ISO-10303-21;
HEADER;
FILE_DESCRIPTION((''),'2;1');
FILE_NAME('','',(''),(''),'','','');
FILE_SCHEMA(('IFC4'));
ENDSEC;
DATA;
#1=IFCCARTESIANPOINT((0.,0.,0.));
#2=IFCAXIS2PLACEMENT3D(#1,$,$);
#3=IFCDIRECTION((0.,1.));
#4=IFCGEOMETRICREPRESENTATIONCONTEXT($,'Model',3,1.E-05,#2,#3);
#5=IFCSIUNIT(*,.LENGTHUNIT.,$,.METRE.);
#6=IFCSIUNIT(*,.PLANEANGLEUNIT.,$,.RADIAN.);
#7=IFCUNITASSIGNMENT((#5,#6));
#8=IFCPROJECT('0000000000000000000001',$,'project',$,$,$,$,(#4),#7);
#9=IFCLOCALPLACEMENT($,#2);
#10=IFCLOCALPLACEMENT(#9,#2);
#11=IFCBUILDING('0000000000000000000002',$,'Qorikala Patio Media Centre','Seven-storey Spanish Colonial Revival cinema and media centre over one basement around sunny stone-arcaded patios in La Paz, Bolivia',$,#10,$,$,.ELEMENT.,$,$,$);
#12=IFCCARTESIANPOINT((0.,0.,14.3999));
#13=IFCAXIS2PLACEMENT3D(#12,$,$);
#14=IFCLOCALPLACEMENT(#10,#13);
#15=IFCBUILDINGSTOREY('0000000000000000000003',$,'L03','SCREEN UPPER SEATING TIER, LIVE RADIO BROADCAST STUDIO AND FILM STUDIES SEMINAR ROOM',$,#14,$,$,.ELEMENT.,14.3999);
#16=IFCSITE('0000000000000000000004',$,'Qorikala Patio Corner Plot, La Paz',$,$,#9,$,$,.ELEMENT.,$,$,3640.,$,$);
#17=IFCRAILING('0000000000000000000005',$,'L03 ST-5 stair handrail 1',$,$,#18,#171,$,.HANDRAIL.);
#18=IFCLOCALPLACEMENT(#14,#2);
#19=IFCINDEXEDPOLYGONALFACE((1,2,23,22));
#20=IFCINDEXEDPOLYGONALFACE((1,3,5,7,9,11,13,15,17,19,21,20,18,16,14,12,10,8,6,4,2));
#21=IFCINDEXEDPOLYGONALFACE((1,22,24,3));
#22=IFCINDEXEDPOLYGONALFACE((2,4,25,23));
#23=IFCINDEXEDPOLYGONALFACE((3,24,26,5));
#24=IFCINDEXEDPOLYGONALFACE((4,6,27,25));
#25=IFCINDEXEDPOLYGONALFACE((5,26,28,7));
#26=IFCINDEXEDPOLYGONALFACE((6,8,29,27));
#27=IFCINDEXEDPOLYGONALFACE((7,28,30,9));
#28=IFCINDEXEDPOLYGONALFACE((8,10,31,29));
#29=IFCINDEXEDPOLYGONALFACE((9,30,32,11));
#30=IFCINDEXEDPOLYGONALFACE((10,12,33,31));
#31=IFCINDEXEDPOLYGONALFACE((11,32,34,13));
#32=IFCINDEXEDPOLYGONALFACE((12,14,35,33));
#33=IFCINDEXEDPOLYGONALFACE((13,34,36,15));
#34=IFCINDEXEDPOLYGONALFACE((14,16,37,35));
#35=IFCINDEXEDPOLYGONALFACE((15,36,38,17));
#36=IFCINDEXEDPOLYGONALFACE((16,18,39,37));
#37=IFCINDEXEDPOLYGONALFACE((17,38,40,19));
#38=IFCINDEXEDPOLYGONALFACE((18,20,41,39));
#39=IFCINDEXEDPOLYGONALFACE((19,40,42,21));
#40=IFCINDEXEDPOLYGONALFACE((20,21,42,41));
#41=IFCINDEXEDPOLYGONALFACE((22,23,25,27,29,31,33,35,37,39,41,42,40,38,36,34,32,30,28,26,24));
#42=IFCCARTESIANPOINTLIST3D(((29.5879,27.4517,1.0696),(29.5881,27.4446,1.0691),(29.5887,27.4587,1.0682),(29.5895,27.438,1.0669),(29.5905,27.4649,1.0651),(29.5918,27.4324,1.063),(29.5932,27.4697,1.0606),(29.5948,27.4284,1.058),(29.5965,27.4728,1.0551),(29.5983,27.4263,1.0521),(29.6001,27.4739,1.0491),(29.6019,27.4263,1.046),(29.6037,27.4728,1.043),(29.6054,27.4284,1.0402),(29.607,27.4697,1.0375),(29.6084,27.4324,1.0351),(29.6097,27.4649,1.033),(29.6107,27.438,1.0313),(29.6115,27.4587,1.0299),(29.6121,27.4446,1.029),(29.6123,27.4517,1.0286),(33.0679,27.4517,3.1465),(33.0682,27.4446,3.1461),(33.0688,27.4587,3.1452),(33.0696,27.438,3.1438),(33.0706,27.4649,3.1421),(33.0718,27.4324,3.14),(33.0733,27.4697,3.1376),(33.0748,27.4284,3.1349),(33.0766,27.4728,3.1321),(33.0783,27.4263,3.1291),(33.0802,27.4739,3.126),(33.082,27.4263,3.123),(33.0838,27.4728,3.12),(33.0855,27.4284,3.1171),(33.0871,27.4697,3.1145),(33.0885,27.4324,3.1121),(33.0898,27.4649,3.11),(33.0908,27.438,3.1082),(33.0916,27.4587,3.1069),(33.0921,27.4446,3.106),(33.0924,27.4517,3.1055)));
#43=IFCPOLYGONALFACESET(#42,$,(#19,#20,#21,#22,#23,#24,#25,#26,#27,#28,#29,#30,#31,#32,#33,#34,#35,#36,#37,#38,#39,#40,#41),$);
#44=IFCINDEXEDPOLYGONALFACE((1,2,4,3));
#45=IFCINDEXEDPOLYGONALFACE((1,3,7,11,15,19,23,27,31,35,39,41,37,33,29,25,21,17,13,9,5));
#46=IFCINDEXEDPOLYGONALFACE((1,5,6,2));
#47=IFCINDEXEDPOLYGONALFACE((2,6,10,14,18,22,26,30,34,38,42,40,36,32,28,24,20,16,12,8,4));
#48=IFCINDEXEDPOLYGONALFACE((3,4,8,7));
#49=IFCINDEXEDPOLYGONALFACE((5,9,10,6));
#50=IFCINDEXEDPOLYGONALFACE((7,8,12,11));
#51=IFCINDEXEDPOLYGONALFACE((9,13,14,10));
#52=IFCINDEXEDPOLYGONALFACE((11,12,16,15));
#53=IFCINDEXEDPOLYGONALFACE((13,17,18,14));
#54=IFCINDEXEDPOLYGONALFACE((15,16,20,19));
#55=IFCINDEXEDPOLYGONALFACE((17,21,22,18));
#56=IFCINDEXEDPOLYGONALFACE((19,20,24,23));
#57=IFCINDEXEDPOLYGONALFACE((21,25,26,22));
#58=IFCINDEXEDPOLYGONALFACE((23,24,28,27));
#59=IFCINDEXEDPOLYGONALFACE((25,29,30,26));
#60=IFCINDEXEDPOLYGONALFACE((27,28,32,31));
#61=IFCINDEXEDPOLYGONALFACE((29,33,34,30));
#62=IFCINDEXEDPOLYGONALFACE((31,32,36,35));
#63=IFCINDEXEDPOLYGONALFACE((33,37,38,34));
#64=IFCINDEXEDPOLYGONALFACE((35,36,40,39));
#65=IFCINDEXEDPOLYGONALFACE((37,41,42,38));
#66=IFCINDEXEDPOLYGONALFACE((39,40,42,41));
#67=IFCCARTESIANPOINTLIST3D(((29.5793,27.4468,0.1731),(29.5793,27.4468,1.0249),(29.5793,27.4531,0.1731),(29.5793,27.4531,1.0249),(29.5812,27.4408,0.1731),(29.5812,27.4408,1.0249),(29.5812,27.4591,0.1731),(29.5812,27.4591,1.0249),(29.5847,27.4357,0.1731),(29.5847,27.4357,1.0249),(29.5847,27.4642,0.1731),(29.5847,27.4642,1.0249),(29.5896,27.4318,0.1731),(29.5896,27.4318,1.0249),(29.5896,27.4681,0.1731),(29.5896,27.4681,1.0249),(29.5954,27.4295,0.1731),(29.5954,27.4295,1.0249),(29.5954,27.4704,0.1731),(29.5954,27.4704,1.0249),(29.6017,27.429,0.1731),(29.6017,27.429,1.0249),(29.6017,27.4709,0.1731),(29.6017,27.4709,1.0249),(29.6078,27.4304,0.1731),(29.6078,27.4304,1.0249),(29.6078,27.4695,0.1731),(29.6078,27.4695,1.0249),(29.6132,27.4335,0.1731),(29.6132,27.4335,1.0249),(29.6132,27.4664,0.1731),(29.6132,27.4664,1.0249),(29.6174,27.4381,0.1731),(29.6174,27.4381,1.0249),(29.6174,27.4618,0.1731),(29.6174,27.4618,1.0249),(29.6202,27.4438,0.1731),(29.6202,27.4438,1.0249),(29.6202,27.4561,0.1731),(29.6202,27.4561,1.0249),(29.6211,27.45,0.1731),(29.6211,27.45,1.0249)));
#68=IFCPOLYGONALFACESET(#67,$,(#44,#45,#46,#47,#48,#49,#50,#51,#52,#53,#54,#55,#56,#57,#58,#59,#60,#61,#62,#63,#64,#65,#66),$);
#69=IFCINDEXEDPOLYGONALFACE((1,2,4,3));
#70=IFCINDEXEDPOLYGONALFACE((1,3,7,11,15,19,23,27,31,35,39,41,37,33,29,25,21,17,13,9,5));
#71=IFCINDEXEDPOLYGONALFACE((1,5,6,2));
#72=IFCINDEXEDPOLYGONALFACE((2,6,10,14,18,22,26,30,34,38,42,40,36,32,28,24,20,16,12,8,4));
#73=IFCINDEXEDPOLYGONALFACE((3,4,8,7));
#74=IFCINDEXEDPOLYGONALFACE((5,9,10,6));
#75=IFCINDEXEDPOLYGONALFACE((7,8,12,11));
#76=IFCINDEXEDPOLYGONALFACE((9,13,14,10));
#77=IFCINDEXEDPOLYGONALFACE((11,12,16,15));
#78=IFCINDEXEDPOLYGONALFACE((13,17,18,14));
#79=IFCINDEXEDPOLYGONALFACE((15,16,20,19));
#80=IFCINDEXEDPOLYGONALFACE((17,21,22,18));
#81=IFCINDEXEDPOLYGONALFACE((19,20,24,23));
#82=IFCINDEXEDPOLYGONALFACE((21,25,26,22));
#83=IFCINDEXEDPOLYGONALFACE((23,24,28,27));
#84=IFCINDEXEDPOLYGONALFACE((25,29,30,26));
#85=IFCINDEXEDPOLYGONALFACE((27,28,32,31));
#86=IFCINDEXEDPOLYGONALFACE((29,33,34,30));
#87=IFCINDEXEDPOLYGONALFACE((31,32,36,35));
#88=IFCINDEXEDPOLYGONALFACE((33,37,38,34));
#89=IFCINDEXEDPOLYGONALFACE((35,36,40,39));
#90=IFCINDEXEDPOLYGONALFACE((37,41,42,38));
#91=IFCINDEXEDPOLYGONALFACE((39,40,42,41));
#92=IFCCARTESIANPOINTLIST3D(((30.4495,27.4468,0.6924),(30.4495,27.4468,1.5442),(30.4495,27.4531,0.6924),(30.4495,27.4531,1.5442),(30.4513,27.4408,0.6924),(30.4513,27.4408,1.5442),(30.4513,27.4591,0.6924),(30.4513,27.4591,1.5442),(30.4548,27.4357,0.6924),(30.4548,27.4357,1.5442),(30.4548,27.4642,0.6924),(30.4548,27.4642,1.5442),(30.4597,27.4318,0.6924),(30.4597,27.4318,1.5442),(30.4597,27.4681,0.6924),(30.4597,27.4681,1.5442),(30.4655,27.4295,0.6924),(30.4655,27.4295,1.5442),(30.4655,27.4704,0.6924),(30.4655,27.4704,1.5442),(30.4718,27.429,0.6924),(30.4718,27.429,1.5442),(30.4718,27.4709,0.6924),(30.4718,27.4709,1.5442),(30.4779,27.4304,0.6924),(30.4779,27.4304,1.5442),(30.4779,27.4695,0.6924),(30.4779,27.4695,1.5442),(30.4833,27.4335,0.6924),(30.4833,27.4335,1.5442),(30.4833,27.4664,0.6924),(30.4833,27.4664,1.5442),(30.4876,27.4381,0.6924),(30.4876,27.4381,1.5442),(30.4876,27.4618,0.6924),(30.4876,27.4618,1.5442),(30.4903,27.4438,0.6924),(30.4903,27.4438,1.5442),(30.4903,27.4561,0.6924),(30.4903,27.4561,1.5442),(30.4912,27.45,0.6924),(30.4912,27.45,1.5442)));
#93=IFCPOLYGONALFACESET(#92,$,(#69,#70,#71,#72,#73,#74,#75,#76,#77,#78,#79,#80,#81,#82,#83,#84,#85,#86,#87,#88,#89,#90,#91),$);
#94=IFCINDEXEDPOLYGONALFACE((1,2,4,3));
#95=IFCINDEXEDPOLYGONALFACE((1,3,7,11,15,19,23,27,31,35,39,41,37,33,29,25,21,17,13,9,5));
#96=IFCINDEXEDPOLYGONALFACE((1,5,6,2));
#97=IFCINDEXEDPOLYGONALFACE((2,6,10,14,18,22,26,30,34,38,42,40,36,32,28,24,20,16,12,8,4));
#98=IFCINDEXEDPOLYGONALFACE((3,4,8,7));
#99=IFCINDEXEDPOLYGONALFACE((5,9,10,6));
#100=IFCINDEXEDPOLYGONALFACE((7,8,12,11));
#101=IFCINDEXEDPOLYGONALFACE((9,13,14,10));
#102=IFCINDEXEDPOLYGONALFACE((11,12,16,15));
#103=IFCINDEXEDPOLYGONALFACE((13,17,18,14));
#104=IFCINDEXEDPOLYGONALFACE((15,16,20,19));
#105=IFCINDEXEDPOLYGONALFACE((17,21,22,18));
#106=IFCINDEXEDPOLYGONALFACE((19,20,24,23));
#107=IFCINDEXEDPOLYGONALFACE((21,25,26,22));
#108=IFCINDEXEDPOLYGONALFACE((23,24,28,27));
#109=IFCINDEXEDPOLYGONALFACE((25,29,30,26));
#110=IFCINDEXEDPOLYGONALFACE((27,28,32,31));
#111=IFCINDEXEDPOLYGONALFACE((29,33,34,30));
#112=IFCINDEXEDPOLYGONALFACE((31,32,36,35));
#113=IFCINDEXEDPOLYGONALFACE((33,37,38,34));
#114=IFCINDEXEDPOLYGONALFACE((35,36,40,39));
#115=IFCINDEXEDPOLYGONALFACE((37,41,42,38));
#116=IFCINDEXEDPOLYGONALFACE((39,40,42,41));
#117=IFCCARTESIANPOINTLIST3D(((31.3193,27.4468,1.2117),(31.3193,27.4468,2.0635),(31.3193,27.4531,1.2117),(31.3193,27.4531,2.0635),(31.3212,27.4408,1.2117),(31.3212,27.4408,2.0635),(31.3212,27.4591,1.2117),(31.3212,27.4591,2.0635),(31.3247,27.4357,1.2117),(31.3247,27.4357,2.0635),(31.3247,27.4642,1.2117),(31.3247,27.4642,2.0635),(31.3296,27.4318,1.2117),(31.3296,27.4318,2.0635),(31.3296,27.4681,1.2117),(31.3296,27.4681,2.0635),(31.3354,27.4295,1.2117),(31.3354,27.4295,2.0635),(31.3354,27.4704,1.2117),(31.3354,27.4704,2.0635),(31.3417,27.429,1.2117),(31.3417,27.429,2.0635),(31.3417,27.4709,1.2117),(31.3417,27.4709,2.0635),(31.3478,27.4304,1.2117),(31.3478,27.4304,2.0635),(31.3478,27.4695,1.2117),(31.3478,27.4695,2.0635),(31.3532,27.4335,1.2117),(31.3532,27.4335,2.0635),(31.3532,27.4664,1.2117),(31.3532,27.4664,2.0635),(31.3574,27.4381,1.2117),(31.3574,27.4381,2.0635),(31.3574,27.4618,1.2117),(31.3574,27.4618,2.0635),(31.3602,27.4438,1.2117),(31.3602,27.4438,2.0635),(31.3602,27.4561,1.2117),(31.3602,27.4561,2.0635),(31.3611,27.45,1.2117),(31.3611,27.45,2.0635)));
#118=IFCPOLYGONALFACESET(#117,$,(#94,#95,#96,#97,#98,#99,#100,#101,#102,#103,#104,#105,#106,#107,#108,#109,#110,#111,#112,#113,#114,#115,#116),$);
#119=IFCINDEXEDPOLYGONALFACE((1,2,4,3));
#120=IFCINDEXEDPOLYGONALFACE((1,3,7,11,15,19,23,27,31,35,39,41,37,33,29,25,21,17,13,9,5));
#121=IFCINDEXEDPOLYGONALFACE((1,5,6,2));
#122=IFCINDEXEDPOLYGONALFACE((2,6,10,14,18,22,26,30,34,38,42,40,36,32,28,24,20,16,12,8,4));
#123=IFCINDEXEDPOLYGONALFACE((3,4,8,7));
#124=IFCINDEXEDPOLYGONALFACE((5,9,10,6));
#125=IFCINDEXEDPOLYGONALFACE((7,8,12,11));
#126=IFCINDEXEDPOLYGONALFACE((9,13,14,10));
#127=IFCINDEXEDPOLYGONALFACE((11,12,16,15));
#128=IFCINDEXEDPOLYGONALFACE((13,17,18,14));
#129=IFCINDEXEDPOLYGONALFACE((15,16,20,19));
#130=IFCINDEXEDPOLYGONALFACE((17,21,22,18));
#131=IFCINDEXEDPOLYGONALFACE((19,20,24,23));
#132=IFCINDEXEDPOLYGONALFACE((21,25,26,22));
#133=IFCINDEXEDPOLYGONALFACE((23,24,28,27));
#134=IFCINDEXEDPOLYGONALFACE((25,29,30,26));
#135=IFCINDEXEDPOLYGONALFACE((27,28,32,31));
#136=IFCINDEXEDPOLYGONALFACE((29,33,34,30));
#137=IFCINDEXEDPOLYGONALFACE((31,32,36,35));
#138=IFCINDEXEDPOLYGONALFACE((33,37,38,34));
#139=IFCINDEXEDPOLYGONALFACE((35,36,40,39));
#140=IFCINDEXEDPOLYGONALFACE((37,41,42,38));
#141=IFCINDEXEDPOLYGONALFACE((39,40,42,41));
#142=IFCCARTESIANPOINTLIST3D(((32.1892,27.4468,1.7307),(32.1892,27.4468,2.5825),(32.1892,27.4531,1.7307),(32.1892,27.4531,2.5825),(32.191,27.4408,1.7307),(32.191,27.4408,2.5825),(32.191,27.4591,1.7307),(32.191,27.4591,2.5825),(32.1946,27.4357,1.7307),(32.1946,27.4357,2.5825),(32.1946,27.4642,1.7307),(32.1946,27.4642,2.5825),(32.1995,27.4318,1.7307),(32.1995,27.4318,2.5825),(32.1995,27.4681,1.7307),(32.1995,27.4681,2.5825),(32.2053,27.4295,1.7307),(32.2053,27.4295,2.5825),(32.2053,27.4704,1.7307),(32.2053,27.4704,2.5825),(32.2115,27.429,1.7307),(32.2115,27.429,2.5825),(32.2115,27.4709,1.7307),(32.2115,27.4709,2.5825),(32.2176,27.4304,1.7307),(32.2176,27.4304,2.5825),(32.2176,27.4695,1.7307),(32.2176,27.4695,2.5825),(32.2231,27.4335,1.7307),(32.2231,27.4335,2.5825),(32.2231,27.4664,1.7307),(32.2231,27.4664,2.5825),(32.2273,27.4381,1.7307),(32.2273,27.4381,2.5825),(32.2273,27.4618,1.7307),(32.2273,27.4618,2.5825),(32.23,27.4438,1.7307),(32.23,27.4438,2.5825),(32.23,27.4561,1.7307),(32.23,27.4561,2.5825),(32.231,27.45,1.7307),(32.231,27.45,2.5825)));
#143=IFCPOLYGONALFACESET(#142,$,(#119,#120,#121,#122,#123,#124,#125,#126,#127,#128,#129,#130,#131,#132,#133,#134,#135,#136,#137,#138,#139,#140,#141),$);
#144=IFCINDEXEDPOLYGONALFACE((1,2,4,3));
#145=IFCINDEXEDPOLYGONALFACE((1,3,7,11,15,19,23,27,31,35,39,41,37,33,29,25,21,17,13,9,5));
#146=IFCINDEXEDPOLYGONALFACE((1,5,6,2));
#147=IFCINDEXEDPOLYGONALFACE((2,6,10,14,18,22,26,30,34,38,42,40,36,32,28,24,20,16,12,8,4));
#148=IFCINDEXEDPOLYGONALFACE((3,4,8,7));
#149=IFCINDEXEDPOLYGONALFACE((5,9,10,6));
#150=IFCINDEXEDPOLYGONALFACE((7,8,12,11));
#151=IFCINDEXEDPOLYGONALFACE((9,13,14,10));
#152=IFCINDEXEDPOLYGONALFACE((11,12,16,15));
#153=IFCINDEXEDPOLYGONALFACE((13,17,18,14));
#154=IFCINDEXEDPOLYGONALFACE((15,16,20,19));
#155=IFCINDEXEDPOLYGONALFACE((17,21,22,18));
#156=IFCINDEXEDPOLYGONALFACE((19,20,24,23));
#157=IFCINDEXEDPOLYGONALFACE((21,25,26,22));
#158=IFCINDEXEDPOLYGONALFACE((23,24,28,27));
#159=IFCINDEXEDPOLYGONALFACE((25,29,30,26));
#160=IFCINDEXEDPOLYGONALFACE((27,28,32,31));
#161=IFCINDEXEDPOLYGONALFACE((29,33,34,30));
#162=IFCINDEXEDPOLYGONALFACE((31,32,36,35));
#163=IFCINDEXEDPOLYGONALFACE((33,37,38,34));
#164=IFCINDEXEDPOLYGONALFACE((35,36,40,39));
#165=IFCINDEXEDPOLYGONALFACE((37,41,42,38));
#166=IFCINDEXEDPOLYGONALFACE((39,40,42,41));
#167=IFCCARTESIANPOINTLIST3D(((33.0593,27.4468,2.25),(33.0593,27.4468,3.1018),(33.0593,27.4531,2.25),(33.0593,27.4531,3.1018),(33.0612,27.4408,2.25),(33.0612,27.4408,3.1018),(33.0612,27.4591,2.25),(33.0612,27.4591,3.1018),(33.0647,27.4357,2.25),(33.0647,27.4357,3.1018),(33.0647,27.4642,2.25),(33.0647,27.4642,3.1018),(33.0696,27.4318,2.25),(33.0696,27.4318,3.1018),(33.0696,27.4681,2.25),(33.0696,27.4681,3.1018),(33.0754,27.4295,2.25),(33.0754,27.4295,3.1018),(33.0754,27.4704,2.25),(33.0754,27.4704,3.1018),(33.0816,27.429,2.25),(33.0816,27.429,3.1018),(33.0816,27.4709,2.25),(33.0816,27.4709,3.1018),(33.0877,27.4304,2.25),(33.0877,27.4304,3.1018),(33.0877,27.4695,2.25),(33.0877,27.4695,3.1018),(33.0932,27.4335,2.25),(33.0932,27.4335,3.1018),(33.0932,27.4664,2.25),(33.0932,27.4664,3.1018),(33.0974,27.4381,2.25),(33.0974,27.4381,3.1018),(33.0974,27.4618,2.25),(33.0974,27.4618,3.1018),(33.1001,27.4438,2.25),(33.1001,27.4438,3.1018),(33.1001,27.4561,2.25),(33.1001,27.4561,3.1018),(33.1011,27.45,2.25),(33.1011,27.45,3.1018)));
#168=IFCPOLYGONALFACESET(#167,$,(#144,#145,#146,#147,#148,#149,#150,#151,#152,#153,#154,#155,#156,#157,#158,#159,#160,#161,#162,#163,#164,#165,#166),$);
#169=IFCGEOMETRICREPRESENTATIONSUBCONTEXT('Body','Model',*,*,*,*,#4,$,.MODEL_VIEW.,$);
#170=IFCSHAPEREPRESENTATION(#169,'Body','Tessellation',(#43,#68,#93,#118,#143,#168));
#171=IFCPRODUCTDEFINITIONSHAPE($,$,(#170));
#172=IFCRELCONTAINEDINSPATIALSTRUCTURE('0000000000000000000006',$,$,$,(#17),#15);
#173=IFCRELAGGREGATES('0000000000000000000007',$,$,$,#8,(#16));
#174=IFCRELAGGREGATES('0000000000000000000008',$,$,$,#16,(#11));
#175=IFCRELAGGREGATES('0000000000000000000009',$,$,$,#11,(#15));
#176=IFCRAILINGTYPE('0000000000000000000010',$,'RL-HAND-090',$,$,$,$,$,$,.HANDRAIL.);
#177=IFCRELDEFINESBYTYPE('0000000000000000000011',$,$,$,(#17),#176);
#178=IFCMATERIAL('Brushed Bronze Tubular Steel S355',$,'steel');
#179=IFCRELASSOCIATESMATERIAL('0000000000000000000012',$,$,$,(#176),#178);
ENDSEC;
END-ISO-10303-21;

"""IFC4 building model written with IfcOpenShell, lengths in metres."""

from ifc_helpers import new_model, si_unit, direction, frame, origin, origin_2d, place, context, subcontext, project, spatial, circle, extrude, material, type_object, element, save


model = new_model("IFC4")

# Units and contexts
model_context = context("Model", 3, precision=1e-05, world=origin(), true_north=direction((0.0, 1.0)))
body_context = subcontext(model_context, "Body", "Model", "MODEL_VIEW")
ifc_project = project(units=[si_unit("LENGTHUNIT", "METRE"), si_unit("PLANEANGLEUNIT", "RADIAN")], contexts=[model_context])

# Site, building, storey
site_placement = place(None, origin())
site = spatial("IfcSite", under=ifc_project, at=site_placement, Name="Qorikala Patio Corner Plot, La Paz", CompositionType="ELEMENT", RefElevation=3640.0)
building_placement = place(site_placement, origin())
building = spatial("IfcBuilding", under=site, at=building_placement, Name="Qorikala Patio Media Centre", Description="Seven-storey Spanish Colonial Revival cinema and media centre over one basement around sunny stone-arcaded patios in La Paz, Bolivia", CompositionType="ELEMENT")
storey_placement = place(building_placement, frame((0.0, 0.0, 14.3999)))
storey = spatial("IfcBuildingStorey", under=building, at=storey_placement, Name="L03", Description="SCREEN UPPER SEATING TIER, LIVE RADIO BROADCAST STUDIO AND FILM STUDIES SEMINAR ROOM", CompositionType="ELEMENT", Elevation=14.3999)

# Railing
ifc_material_1 = material(Name="Brushed Bronze Tubular Steel S355", Category="steel")
railing_type_1 = type_object("IfcRailingType", Name="RL-HAND-090", PredefinedType="HANDRAIL", material=ifc_material_1)
railing_1_placement = place(storey_placement, frame((29.6001, 27.45, 0.1731)))
element("IfcRailing", 1, at=railing_1_placement, inside=storey, type_object=railing_type_1, Name="L03 ST-5 stair handrail 1", PredefinedType="HANDRAIL", context=body_context, shape_type="SweptSolid", body=[
    extrude(circle(Radius=0.0239, at=origin_2d()), frame((0.0, 0.0, 0.876), z_axis=(0.858697, 0.0, 0.512483), x_axis=(0.0, 1.0, 0.0)), (0.0, 0.0, 1.0), 4.0527),
    extrude(circle(Radius=0.021, at=origin_2d()), origin(), (0.0, 0.0, 1.0), 0.8518),
    extrude(circle(Radius=0.021, at=origin_2d()), frame((0.8701, 0.0, 0.5193)), (0.0, 0.0, 1.0), 0.8518),
    extrude(circle(Radius=0.021, at=origin_2d()), frame((1.74, 0.0, 1.0386)), (0.0, 0.0, 1.0), 0.8518),
    extrude(circle(Radius=0.021, at=origin_2d()), frame((2.6099, 0.0, 1.5576)), (0.0, 0.0, 1.0), 0.8518),
    extrude(circle(Radius=0.021, at=origin_2d()), frame((3.48, 0.0, 2.0769)), (0.0, 0.0, 1.0), 0.8518),
])

save(model, "model.ifc")
